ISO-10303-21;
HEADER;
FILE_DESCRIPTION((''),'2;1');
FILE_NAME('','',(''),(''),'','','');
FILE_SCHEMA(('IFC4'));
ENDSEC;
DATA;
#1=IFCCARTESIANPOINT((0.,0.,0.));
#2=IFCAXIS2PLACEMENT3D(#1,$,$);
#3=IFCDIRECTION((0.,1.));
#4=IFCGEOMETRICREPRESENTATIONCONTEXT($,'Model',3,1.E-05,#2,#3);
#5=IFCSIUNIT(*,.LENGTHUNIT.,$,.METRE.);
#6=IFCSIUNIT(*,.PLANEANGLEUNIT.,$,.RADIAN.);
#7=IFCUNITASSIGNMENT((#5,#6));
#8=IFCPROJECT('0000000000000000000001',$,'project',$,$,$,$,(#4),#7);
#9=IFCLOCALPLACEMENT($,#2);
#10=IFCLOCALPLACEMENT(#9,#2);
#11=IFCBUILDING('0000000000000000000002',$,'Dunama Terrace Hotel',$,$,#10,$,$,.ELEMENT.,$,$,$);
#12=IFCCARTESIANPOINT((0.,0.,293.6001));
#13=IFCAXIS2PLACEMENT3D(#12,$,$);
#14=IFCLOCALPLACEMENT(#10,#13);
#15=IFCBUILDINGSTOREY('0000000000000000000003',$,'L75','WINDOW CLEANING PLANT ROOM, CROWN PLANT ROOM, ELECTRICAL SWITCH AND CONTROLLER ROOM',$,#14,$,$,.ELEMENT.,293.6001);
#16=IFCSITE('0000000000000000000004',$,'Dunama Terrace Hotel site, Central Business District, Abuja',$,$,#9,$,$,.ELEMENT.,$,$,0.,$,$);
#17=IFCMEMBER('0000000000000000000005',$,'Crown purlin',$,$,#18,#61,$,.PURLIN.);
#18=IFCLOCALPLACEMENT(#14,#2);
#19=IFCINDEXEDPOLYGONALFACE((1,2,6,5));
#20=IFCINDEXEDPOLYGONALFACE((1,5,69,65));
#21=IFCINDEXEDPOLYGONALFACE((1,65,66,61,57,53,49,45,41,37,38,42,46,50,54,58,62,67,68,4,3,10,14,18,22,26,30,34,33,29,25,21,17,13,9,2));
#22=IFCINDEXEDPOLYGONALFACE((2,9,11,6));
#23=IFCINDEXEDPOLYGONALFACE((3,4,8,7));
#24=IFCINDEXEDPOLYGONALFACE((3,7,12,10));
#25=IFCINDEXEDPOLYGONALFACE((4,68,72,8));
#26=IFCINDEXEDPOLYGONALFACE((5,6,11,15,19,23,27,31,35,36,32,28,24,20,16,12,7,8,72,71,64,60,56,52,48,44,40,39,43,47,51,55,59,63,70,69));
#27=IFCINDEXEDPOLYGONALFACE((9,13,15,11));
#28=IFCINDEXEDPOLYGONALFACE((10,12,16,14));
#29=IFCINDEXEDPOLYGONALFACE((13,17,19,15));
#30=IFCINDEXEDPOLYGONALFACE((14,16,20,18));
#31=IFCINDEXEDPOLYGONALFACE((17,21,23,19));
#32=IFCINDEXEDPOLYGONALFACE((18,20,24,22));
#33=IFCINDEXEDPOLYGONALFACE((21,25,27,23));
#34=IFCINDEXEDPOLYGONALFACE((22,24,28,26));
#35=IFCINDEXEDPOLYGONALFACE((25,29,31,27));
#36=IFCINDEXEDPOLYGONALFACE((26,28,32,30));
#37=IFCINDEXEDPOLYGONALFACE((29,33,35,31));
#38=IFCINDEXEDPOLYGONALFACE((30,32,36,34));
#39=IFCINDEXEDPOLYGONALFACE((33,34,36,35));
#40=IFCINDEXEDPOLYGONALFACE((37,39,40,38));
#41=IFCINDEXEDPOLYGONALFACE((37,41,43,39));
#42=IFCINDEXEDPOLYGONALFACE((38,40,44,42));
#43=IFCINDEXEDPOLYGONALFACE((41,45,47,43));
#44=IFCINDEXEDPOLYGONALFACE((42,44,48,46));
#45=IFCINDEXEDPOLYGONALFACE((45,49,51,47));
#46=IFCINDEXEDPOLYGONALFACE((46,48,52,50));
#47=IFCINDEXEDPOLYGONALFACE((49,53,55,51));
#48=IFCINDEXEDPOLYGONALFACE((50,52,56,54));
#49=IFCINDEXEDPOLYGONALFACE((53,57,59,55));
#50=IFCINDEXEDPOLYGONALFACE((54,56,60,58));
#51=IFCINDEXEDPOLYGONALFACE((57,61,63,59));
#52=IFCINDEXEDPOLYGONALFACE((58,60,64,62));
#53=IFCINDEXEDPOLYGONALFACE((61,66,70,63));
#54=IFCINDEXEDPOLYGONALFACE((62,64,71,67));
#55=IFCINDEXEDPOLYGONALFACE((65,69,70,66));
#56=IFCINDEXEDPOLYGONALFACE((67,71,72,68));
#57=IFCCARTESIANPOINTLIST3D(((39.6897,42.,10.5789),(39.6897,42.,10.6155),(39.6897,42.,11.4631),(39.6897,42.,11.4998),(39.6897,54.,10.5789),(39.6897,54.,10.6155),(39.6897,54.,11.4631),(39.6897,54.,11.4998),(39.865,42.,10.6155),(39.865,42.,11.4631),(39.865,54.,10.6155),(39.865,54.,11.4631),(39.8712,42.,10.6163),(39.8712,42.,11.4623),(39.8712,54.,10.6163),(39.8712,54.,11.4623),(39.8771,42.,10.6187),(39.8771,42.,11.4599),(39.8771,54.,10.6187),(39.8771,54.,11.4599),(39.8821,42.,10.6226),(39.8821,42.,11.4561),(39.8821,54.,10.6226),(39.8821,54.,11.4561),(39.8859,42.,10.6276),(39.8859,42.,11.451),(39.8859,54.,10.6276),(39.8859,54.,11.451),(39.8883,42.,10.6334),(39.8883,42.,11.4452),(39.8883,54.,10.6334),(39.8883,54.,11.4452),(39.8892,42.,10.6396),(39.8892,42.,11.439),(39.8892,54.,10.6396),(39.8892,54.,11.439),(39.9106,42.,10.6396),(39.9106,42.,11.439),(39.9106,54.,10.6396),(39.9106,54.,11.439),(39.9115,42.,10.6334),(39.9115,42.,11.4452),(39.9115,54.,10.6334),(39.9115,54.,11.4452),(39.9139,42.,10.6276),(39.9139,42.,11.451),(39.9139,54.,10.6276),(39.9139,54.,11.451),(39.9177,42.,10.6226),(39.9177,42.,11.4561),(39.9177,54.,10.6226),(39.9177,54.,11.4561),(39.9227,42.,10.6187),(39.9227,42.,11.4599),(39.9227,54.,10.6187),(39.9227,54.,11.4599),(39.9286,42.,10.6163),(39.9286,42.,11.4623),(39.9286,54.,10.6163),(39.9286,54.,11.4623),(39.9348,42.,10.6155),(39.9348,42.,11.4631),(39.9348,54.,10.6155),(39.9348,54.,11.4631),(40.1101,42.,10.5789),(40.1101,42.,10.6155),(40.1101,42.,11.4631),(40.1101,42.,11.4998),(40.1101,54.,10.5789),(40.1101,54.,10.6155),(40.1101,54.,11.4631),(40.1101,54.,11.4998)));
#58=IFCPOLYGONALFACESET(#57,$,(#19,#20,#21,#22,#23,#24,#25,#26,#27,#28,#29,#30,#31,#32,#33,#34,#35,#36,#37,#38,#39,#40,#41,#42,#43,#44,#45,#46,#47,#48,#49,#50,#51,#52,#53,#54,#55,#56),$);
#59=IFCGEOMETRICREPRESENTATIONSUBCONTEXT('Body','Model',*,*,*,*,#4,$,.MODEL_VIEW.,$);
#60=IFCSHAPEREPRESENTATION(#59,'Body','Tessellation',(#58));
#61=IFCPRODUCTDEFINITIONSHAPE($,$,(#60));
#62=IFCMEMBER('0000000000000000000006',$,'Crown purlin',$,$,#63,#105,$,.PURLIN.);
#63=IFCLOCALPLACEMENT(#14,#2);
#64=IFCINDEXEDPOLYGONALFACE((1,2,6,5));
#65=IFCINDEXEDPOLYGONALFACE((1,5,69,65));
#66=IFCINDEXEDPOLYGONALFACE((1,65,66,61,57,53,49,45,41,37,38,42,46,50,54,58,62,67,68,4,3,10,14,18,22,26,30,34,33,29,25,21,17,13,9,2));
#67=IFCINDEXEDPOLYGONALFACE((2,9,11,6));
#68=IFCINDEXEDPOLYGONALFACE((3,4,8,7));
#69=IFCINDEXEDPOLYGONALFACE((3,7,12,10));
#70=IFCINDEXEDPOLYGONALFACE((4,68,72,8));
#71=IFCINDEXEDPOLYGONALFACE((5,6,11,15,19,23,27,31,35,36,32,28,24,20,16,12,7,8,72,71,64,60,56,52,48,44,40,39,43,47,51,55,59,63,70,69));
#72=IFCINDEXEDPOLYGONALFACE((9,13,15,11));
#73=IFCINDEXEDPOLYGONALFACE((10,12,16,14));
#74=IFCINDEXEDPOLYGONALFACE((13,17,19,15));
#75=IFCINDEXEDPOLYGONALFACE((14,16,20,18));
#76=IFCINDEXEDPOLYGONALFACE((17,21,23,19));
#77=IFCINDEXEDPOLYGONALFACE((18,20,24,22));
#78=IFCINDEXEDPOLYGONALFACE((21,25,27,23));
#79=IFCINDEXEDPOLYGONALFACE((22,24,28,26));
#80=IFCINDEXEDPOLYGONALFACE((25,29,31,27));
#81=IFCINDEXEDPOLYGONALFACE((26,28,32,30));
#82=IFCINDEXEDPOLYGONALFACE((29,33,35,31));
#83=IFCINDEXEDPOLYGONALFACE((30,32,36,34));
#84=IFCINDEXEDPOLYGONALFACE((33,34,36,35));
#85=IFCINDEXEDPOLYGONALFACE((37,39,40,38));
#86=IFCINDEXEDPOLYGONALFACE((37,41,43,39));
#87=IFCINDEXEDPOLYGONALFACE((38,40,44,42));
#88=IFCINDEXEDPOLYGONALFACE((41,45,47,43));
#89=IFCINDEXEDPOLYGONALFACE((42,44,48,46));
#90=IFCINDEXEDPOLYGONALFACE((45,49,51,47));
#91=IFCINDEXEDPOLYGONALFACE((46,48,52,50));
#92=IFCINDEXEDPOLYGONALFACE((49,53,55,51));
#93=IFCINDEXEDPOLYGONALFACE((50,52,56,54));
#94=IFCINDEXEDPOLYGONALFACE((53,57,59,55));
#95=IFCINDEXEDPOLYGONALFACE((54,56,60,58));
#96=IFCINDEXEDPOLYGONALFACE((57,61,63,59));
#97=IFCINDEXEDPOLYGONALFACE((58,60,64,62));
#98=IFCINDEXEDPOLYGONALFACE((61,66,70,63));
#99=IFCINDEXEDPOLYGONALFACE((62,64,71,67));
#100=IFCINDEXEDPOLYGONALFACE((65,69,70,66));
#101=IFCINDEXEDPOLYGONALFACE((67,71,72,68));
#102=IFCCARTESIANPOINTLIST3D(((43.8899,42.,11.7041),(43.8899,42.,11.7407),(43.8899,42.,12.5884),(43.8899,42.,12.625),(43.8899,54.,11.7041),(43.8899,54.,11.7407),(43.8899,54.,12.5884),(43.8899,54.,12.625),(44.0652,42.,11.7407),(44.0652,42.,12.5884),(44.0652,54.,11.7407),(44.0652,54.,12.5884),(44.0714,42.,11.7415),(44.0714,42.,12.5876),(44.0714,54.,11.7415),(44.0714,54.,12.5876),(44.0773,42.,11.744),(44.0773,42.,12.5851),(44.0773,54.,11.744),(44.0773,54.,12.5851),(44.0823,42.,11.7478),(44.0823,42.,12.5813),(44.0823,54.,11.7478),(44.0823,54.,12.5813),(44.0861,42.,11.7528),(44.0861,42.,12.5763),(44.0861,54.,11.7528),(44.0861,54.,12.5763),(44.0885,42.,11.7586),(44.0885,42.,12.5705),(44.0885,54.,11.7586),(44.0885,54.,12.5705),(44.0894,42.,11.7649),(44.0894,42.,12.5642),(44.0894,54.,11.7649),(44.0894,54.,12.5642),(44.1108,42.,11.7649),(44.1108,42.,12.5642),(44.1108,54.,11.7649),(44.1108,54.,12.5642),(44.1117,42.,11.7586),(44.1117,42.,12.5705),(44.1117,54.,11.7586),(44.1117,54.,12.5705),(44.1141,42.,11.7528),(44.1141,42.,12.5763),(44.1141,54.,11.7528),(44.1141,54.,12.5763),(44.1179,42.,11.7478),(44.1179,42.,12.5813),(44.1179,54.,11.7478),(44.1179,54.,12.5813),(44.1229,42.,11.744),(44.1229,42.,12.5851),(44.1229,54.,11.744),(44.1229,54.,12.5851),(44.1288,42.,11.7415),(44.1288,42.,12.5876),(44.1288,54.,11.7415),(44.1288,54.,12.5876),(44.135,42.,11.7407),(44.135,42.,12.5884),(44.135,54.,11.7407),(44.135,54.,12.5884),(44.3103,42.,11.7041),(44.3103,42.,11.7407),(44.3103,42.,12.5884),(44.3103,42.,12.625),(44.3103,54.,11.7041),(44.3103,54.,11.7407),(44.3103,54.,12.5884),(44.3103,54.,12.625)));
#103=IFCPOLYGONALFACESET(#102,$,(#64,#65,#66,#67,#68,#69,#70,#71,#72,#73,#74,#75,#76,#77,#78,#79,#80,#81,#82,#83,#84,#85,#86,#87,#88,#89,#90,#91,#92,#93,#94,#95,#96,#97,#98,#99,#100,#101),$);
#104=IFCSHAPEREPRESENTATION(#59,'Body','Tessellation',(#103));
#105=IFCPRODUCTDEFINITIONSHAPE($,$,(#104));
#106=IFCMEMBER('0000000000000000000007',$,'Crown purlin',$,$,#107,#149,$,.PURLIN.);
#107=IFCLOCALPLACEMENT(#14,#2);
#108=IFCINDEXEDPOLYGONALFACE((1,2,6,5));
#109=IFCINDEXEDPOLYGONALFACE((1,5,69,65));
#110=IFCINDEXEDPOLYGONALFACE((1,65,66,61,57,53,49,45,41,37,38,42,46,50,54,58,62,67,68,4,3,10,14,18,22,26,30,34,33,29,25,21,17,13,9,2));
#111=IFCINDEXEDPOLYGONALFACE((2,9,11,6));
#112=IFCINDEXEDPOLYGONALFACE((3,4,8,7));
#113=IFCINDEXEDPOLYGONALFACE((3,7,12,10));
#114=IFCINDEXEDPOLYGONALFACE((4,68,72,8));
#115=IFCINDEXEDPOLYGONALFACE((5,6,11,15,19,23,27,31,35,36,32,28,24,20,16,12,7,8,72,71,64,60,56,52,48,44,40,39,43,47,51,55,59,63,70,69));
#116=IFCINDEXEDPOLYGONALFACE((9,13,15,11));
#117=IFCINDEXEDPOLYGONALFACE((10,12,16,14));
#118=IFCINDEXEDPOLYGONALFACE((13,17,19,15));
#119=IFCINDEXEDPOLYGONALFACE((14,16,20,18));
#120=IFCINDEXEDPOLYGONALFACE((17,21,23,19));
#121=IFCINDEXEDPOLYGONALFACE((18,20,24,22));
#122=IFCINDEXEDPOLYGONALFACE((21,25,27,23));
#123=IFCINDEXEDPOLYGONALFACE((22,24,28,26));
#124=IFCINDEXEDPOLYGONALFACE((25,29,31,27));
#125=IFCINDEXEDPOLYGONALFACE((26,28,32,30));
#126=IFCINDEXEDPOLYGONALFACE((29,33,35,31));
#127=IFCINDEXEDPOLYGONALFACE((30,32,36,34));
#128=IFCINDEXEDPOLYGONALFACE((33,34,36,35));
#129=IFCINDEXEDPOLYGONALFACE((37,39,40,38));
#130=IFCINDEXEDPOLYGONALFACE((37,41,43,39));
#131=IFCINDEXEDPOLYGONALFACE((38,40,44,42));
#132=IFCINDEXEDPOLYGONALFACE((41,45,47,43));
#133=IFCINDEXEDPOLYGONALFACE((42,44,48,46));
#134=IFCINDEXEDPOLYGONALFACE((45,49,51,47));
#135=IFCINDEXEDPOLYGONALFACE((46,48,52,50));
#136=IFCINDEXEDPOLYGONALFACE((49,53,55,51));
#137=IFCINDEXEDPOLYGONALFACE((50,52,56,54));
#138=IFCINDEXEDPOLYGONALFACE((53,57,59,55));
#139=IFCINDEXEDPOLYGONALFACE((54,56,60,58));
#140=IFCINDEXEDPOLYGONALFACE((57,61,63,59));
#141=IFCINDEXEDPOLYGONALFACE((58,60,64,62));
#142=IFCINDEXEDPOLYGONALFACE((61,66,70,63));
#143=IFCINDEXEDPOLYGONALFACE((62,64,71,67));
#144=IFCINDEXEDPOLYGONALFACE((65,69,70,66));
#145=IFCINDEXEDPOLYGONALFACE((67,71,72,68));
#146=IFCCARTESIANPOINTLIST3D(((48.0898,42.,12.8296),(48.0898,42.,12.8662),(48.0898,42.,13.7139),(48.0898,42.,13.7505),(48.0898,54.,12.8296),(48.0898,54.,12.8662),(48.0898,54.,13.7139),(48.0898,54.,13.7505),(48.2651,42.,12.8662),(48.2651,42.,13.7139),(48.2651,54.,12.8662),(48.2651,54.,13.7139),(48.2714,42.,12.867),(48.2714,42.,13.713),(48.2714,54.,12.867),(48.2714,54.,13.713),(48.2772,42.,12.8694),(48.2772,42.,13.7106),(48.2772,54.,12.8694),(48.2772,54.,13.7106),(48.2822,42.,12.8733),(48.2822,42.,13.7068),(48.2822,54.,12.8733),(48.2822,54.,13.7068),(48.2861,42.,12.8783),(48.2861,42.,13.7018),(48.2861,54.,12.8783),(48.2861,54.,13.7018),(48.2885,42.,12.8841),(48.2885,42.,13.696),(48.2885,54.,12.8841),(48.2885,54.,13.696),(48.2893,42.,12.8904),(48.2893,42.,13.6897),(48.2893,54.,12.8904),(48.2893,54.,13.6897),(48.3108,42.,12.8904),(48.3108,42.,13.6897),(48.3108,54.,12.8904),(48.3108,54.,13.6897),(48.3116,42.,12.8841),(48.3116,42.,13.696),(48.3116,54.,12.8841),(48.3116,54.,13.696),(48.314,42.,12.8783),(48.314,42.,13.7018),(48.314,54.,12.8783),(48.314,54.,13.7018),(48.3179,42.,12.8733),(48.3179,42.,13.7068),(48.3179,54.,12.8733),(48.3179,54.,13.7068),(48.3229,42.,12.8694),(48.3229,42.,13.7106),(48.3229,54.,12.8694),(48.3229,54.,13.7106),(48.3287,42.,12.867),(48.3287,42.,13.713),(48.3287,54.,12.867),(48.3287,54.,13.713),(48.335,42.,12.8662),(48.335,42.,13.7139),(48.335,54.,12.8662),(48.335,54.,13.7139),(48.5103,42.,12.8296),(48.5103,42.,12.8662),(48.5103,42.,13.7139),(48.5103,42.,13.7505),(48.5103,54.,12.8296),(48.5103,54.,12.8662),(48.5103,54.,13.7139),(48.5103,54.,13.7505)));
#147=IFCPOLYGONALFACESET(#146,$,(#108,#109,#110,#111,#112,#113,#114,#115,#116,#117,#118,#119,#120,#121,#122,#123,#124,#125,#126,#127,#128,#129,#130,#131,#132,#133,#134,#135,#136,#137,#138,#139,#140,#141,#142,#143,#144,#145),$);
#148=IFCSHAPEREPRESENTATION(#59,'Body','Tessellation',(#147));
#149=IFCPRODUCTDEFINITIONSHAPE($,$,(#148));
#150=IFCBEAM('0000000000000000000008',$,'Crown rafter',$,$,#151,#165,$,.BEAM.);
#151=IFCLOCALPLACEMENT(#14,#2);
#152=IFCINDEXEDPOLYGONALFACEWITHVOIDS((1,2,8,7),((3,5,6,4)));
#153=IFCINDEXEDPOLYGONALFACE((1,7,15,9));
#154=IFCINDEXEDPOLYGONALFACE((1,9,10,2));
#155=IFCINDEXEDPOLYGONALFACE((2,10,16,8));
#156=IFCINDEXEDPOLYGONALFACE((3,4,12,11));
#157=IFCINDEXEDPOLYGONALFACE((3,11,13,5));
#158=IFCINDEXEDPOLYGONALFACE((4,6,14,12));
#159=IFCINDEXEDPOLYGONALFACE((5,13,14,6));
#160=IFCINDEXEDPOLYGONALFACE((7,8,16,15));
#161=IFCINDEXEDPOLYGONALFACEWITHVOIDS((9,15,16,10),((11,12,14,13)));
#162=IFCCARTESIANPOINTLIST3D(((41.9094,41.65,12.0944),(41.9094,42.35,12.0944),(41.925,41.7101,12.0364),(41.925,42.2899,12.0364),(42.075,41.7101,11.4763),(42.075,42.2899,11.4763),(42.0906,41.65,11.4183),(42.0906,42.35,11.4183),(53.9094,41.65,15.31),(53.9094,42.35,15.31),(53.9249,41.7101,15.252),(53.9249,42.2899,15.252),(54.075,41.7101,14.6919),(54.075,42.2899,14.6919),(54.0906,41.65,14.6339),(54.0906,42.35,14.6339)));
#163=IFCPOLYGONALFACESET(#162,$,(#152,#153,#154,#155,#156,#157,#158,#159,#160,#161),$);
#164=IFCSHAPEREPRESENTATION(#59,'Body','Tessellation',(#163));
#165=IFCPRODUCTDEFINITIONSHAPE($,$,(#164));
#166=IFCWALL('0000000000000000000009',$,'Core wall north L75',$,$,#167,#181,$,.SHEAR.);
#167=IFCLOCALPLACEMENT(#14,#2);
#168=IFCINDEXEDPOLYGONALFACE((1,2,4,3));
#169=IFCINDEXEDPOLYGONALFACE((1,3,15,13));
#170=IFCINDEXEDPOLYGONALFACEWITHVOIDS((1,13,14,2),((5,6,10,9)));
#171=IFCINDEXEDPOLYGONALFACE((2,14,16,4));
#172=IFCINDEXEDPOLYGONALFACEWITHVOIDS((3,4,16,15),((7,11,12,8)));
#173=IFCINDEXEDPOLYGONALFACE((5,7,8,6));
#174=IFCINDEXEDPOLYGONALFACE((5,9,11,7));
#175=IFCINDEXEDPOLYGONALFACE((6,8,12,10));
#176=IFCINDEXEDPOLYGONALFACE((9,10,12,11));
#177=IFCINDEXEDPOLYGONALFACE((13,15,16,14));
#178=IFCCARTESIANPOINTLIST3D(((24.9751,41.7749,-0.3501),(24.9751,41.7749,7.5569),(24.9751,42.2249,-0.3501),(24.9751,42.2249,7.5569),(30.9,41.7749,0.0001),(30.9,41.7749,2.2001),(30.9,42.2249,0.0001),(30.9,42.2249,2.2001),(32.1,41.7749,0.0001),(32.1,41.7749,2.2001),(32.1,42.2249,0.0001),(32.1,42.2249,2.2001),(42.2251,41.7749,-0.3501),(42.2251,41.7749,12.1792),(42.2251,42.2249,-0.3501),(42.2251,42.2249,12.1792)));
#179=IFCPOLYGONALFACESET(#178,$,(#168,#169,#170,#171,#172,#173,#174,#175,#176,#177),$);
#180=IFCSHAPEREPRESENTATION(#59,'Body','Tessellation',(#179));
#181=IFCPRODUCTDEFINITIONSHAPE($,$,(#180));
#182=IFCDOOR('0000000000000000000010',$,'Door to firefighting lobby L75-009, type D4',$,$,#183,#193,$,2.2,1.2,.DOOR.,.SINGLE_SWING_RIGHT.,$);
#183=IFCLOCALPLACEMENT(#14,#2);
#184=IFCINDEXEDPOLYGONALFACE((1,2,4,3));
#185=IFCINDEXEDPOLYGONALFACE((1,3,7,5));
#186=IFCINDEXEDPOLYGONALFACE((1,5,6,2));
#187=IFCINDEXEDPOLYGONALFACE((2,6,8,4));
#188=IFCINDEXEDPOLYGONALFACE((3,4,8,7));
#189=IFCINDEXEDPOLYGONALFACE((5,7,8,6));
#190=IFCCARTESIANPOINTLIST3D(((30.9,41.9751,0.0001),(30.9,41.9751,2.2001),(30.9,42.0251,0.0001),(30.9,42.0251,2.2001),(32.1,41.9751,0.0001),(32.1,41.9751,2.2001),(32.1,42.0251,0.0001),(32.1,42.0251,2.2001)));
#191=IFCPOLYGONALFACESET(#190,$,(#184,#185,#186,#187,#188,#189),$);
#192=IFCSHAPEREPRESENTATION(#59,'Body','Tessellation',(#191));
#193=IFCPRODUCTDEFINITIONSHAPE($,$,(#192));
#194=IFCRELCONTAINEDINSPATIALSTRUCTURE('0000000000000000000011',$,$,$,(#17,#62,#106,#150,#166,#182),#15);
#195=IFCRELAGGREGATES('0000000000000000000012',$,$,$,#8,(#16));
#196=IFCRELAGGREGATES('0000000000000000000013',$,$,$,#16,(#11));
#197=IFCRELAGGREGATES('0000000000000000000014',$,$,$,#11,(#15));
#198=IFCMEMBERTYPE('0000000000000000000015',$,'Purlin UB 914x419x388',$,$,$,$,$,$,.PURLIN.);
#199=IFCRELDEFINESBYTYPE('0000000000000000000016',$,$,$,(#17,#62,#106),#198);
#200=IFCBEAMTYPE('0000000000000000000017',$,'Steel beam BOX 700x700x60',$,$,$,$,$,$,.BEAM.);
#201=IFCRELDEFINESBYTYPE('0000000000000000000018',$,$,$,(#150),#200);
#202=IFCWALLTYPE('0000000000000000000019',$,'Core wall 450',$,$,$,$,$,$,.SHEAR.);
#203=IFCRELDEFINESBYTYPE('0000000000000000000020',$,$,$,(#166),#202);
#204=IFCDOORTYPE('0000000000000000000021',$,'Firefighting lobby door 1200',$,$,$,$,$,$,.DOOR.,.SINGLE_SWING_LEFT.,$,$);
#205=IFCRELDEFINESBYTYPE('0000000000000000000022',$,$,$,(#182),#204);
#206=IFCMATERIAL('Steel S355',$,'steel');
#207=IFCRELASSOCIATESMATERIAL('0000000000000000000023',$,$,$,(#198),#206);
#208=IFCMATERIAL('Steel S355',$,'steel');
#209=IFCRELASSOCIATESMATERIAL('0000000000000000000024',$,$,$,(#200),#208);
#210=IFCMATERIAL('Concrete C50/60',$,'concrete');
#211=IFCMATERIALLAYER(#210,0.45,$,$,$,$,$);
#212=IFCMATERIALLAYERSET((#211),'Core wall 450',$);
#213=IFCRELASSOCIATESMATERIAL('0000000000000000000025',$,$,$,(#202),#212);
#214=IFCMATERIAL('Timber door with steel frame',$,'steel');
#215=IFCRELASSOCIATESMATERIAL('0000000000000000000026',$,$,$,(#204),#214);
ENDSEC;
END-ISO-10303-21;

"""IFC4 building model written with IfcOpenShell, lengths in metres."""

from ifc_helpers import new_model, si_unit, direction, frame, frame_2d, origin, origin_2d, place, context, subcontext, project, spatial, polyline, rectangle, hollow_rectangle, i_section, outline, extrude, material, layer, layer_set, material_profile, profile_set, type_object, element, fill, save


model = new_model("IFC4")

# Units and contexts
model_context = context("Model", 3, precision=1e-05, world=origin(), true_north=direction((0.0, 1.0)))
body_context = subcontext(model_context, "Body", "Model", "MODEL_VIEW")
ifc_project = project(units=[si_unit("LENGTHUNIT", "METRE"), si_unit("PLANEANGLEUNIT", "RADIAN")], contexts=[model_context])

# Site, building, storey
site_placement = place(None, origin())
site = spatial("IfcSite", under=ifc_project, at=site_placement, Name="Dunama Terrace Hotel site, Central Business District, Abuja", CompositionType="ELEMENT", RefElevation=0.0)
building_placement = place(site_placement, origin())
building = spatial("IfcBuilding", under=site, at=building_placement, Name="Dunama Terrace Hotel", CompositionType="ELEMENT")
storey_placement = place(building_placement, frame((0.0, 0.0, 293.6001)))
storey = spatial("IfcBuildingStorey", under=building, at=storey_placement, Name="L75", Description="WINDOW CLEANING PLANT ROOM, CROWN PLANT ROOM, ELECTRICAL SWITCH AND CONTROLLER ROOM", CompositionType="ELEMENT", Elevation=293.6001)

# Members
ifc_material_1 = material(Name="Steel S355", Category="steel")
ifc_material_profile_1 = material_profile(ifc_material_1, i_section(OverallWidth=0.4204, OverallDepth=0.9209, WebThickness=0.0215, FlangeThickness=0.0366, FilletRadius=0.0242, at=origin_2d()), Name="UB 914x419x388")
ifc_profile_set_1 = profile_set([ifc_material_profile_1], Name="Steel S355")
member_type_1 = type_object("IfcMemberType", Name="Purlin UB 914x419x388", PredefinedType="PURLIN", material=ifc_profile_set_1)
for number, where, z_axis, x_axis, name in (
    (1, (39.8999, 42.0, 11.0393), (0.0, 1.0, 0.0), (-1.0, 0.0, 0.0), "Crown purlin"),
    (2, (44.1001, 42.0, 12.1646), (0.0, 1.0, 0.0), (-1.0, 0.0, 0.0), "Crown purlin"),
    (3, (48.3, 42.0, 13.29), (0.0, 1.0, 0.0), (-1.0, 0.0, 0.0), "Crown purlin"),
):
    element("IfcMember", number, at=place(storey_placement, frame(where, z_axis=z_axis, x_axis=x_axis)), inside=storey, type_object=member_type_1, Name=name, PredefinedType="PURLIN", context=body_context, shape_type="SweptSolid", body=[
        extrude(i_section(OverallWidth=0.4204, OverallDepth=0.9209, WebThickness=0.0215, FlangeThickness=0.0366, FilletRadius=0.0242, at=origin_2d()), origin(), (0.0, 0.0, 1.0), 12.0),
    ])

# Beam
ifc_material_2 = material(Name="Steel S355", Category="steel")
ifc_material_profile_2 = material_profile(ifc_material_2, hollow_rectangle(XDim=0.7, YDim=0.7, WallThickness=0.0601, at=origin_2d()), Name="BOX 700x700x60")
ifc_profile_set_2 = profile_set([ifc_material_profile_2], Name="Steel S355")
beam_type = type_object("IfcBeamType", Name="Steel beam BOX 700x700x60", PredefinedType="BEAM", material=ifc_profile_set_2)
beam_placement = place(storey_placement, frame((42.0, 42.0, 11.7563), z_axis=(0.965922, 0.0, 0.258833), x_axis=(0.0, 1.0, 0.0)))
element("IfcBeam", 4, at=beam_placement, inside=storey, type_object=beam_type, Name="Crown rafter", PredefinedType="BEAM", context=body_context, shape_type="SweptSolid", body=[
    extrude(hollow_rectangle(XDim=0.7, YDim=0.7, WallThickness=0.0601, at=origin_2d()), origin(), (0.0, 0.0, 1.0), 12.4233),
])

# Wall, opening, door
ifc_material_3 = material(Name="Concrete C50/60", Category="concrete")
ifc_layer_1 = layer(ifc_material_3, 0.45)
ifc_layer_set_1 = layer_set([ifc_layer_1], Name="Core wall 450")
wall_type_1 = type_object("IfcWallType", Name="Core wall 450", PredefinedType="SHEAR", material=ifc_layer_set_1)
wall_1_placement = place(storey_placement, frame((42.2251, 42.0, -0.3501), z_axis=(0.0, 0.0, 1.0), x_axis=(-1.0, 0.0, 0.0)))
wall_1 = element("IfcWall", 5, at=wall_1_placement, inside=storey, type_object=wall_type_1, Name="Core wall north L75", PredefinedType="SHEAR", context=body_context, shape_type="SweptSolid", body=[
    extrude(outline(polyline([(0.0, 0.0), (17.25, 0.0), (17.25, 7.907), (0.0, 12.5293), (0.0, 0.0)])), frame((0.0, 0.2251, 0.0), z_axis=(0.0, -1.0, 0.0), x_axis=(1.0, 0.0, 0.0)), (0.0, 0.0, 1.0), 0.45),
])
opening_1_placement = place(wall_1_placement, frame((10.125, 0.0, 0.3501)))
opening_1 = element("IfcOpeningElement", 6, at=opening_1_placement, cuts=wall_1, PredefinedType="OPENING", context=body_context, shape_type="SweptSolid", body=[
    extrude(rectangle(XDim=1.2, YDim=2.2, at=frame_2d((0.6001, 1.1001))), frame((0.0, 0.2349, 0.0), z_axis=(0.0, -1.0, 0.0), x_axis=(1.0, 0.0, 0.0)), (0.0, 0.0, 1.0), 0.47),
])
ifc_material_4 = material(Name="Timber door with steel frame", Category="steel")
door_type = type_object("IfcDoorType", Name="Firefighting lobby door 1200", OperationType="SINGLE_SWING_LEFT", PredefinedType="DOOR", material=ifc_material_4)
door_placement = place(opening_1_placement, origin())
door = element("IfcDoor", 7, at=door_placement, inside=storey, type_object=door_type, Name="Door to firefighting lobby L75-009, type D4", OperationType="SINGLE_SWING_RIGHT", OverallHeight=2.2, OverallWidth=1.2, PredefinedType="DOOR", context=body_context, shape_type="SweptSolid", body=[
    extrude(rectangle(XDim=1.2, YDim=2.2, at=frame_2d((0.6001, 1.1001))), frame((0.0, 0.0249, 0.0), z_axis=(0.0, -1.0, 0.0), x_axis=(1.0, 0.0, 0.0)), (0.0, 0.0, 1.0), 0.05),
])
fill(opening_1, door)

save(model, "model.ifc")
